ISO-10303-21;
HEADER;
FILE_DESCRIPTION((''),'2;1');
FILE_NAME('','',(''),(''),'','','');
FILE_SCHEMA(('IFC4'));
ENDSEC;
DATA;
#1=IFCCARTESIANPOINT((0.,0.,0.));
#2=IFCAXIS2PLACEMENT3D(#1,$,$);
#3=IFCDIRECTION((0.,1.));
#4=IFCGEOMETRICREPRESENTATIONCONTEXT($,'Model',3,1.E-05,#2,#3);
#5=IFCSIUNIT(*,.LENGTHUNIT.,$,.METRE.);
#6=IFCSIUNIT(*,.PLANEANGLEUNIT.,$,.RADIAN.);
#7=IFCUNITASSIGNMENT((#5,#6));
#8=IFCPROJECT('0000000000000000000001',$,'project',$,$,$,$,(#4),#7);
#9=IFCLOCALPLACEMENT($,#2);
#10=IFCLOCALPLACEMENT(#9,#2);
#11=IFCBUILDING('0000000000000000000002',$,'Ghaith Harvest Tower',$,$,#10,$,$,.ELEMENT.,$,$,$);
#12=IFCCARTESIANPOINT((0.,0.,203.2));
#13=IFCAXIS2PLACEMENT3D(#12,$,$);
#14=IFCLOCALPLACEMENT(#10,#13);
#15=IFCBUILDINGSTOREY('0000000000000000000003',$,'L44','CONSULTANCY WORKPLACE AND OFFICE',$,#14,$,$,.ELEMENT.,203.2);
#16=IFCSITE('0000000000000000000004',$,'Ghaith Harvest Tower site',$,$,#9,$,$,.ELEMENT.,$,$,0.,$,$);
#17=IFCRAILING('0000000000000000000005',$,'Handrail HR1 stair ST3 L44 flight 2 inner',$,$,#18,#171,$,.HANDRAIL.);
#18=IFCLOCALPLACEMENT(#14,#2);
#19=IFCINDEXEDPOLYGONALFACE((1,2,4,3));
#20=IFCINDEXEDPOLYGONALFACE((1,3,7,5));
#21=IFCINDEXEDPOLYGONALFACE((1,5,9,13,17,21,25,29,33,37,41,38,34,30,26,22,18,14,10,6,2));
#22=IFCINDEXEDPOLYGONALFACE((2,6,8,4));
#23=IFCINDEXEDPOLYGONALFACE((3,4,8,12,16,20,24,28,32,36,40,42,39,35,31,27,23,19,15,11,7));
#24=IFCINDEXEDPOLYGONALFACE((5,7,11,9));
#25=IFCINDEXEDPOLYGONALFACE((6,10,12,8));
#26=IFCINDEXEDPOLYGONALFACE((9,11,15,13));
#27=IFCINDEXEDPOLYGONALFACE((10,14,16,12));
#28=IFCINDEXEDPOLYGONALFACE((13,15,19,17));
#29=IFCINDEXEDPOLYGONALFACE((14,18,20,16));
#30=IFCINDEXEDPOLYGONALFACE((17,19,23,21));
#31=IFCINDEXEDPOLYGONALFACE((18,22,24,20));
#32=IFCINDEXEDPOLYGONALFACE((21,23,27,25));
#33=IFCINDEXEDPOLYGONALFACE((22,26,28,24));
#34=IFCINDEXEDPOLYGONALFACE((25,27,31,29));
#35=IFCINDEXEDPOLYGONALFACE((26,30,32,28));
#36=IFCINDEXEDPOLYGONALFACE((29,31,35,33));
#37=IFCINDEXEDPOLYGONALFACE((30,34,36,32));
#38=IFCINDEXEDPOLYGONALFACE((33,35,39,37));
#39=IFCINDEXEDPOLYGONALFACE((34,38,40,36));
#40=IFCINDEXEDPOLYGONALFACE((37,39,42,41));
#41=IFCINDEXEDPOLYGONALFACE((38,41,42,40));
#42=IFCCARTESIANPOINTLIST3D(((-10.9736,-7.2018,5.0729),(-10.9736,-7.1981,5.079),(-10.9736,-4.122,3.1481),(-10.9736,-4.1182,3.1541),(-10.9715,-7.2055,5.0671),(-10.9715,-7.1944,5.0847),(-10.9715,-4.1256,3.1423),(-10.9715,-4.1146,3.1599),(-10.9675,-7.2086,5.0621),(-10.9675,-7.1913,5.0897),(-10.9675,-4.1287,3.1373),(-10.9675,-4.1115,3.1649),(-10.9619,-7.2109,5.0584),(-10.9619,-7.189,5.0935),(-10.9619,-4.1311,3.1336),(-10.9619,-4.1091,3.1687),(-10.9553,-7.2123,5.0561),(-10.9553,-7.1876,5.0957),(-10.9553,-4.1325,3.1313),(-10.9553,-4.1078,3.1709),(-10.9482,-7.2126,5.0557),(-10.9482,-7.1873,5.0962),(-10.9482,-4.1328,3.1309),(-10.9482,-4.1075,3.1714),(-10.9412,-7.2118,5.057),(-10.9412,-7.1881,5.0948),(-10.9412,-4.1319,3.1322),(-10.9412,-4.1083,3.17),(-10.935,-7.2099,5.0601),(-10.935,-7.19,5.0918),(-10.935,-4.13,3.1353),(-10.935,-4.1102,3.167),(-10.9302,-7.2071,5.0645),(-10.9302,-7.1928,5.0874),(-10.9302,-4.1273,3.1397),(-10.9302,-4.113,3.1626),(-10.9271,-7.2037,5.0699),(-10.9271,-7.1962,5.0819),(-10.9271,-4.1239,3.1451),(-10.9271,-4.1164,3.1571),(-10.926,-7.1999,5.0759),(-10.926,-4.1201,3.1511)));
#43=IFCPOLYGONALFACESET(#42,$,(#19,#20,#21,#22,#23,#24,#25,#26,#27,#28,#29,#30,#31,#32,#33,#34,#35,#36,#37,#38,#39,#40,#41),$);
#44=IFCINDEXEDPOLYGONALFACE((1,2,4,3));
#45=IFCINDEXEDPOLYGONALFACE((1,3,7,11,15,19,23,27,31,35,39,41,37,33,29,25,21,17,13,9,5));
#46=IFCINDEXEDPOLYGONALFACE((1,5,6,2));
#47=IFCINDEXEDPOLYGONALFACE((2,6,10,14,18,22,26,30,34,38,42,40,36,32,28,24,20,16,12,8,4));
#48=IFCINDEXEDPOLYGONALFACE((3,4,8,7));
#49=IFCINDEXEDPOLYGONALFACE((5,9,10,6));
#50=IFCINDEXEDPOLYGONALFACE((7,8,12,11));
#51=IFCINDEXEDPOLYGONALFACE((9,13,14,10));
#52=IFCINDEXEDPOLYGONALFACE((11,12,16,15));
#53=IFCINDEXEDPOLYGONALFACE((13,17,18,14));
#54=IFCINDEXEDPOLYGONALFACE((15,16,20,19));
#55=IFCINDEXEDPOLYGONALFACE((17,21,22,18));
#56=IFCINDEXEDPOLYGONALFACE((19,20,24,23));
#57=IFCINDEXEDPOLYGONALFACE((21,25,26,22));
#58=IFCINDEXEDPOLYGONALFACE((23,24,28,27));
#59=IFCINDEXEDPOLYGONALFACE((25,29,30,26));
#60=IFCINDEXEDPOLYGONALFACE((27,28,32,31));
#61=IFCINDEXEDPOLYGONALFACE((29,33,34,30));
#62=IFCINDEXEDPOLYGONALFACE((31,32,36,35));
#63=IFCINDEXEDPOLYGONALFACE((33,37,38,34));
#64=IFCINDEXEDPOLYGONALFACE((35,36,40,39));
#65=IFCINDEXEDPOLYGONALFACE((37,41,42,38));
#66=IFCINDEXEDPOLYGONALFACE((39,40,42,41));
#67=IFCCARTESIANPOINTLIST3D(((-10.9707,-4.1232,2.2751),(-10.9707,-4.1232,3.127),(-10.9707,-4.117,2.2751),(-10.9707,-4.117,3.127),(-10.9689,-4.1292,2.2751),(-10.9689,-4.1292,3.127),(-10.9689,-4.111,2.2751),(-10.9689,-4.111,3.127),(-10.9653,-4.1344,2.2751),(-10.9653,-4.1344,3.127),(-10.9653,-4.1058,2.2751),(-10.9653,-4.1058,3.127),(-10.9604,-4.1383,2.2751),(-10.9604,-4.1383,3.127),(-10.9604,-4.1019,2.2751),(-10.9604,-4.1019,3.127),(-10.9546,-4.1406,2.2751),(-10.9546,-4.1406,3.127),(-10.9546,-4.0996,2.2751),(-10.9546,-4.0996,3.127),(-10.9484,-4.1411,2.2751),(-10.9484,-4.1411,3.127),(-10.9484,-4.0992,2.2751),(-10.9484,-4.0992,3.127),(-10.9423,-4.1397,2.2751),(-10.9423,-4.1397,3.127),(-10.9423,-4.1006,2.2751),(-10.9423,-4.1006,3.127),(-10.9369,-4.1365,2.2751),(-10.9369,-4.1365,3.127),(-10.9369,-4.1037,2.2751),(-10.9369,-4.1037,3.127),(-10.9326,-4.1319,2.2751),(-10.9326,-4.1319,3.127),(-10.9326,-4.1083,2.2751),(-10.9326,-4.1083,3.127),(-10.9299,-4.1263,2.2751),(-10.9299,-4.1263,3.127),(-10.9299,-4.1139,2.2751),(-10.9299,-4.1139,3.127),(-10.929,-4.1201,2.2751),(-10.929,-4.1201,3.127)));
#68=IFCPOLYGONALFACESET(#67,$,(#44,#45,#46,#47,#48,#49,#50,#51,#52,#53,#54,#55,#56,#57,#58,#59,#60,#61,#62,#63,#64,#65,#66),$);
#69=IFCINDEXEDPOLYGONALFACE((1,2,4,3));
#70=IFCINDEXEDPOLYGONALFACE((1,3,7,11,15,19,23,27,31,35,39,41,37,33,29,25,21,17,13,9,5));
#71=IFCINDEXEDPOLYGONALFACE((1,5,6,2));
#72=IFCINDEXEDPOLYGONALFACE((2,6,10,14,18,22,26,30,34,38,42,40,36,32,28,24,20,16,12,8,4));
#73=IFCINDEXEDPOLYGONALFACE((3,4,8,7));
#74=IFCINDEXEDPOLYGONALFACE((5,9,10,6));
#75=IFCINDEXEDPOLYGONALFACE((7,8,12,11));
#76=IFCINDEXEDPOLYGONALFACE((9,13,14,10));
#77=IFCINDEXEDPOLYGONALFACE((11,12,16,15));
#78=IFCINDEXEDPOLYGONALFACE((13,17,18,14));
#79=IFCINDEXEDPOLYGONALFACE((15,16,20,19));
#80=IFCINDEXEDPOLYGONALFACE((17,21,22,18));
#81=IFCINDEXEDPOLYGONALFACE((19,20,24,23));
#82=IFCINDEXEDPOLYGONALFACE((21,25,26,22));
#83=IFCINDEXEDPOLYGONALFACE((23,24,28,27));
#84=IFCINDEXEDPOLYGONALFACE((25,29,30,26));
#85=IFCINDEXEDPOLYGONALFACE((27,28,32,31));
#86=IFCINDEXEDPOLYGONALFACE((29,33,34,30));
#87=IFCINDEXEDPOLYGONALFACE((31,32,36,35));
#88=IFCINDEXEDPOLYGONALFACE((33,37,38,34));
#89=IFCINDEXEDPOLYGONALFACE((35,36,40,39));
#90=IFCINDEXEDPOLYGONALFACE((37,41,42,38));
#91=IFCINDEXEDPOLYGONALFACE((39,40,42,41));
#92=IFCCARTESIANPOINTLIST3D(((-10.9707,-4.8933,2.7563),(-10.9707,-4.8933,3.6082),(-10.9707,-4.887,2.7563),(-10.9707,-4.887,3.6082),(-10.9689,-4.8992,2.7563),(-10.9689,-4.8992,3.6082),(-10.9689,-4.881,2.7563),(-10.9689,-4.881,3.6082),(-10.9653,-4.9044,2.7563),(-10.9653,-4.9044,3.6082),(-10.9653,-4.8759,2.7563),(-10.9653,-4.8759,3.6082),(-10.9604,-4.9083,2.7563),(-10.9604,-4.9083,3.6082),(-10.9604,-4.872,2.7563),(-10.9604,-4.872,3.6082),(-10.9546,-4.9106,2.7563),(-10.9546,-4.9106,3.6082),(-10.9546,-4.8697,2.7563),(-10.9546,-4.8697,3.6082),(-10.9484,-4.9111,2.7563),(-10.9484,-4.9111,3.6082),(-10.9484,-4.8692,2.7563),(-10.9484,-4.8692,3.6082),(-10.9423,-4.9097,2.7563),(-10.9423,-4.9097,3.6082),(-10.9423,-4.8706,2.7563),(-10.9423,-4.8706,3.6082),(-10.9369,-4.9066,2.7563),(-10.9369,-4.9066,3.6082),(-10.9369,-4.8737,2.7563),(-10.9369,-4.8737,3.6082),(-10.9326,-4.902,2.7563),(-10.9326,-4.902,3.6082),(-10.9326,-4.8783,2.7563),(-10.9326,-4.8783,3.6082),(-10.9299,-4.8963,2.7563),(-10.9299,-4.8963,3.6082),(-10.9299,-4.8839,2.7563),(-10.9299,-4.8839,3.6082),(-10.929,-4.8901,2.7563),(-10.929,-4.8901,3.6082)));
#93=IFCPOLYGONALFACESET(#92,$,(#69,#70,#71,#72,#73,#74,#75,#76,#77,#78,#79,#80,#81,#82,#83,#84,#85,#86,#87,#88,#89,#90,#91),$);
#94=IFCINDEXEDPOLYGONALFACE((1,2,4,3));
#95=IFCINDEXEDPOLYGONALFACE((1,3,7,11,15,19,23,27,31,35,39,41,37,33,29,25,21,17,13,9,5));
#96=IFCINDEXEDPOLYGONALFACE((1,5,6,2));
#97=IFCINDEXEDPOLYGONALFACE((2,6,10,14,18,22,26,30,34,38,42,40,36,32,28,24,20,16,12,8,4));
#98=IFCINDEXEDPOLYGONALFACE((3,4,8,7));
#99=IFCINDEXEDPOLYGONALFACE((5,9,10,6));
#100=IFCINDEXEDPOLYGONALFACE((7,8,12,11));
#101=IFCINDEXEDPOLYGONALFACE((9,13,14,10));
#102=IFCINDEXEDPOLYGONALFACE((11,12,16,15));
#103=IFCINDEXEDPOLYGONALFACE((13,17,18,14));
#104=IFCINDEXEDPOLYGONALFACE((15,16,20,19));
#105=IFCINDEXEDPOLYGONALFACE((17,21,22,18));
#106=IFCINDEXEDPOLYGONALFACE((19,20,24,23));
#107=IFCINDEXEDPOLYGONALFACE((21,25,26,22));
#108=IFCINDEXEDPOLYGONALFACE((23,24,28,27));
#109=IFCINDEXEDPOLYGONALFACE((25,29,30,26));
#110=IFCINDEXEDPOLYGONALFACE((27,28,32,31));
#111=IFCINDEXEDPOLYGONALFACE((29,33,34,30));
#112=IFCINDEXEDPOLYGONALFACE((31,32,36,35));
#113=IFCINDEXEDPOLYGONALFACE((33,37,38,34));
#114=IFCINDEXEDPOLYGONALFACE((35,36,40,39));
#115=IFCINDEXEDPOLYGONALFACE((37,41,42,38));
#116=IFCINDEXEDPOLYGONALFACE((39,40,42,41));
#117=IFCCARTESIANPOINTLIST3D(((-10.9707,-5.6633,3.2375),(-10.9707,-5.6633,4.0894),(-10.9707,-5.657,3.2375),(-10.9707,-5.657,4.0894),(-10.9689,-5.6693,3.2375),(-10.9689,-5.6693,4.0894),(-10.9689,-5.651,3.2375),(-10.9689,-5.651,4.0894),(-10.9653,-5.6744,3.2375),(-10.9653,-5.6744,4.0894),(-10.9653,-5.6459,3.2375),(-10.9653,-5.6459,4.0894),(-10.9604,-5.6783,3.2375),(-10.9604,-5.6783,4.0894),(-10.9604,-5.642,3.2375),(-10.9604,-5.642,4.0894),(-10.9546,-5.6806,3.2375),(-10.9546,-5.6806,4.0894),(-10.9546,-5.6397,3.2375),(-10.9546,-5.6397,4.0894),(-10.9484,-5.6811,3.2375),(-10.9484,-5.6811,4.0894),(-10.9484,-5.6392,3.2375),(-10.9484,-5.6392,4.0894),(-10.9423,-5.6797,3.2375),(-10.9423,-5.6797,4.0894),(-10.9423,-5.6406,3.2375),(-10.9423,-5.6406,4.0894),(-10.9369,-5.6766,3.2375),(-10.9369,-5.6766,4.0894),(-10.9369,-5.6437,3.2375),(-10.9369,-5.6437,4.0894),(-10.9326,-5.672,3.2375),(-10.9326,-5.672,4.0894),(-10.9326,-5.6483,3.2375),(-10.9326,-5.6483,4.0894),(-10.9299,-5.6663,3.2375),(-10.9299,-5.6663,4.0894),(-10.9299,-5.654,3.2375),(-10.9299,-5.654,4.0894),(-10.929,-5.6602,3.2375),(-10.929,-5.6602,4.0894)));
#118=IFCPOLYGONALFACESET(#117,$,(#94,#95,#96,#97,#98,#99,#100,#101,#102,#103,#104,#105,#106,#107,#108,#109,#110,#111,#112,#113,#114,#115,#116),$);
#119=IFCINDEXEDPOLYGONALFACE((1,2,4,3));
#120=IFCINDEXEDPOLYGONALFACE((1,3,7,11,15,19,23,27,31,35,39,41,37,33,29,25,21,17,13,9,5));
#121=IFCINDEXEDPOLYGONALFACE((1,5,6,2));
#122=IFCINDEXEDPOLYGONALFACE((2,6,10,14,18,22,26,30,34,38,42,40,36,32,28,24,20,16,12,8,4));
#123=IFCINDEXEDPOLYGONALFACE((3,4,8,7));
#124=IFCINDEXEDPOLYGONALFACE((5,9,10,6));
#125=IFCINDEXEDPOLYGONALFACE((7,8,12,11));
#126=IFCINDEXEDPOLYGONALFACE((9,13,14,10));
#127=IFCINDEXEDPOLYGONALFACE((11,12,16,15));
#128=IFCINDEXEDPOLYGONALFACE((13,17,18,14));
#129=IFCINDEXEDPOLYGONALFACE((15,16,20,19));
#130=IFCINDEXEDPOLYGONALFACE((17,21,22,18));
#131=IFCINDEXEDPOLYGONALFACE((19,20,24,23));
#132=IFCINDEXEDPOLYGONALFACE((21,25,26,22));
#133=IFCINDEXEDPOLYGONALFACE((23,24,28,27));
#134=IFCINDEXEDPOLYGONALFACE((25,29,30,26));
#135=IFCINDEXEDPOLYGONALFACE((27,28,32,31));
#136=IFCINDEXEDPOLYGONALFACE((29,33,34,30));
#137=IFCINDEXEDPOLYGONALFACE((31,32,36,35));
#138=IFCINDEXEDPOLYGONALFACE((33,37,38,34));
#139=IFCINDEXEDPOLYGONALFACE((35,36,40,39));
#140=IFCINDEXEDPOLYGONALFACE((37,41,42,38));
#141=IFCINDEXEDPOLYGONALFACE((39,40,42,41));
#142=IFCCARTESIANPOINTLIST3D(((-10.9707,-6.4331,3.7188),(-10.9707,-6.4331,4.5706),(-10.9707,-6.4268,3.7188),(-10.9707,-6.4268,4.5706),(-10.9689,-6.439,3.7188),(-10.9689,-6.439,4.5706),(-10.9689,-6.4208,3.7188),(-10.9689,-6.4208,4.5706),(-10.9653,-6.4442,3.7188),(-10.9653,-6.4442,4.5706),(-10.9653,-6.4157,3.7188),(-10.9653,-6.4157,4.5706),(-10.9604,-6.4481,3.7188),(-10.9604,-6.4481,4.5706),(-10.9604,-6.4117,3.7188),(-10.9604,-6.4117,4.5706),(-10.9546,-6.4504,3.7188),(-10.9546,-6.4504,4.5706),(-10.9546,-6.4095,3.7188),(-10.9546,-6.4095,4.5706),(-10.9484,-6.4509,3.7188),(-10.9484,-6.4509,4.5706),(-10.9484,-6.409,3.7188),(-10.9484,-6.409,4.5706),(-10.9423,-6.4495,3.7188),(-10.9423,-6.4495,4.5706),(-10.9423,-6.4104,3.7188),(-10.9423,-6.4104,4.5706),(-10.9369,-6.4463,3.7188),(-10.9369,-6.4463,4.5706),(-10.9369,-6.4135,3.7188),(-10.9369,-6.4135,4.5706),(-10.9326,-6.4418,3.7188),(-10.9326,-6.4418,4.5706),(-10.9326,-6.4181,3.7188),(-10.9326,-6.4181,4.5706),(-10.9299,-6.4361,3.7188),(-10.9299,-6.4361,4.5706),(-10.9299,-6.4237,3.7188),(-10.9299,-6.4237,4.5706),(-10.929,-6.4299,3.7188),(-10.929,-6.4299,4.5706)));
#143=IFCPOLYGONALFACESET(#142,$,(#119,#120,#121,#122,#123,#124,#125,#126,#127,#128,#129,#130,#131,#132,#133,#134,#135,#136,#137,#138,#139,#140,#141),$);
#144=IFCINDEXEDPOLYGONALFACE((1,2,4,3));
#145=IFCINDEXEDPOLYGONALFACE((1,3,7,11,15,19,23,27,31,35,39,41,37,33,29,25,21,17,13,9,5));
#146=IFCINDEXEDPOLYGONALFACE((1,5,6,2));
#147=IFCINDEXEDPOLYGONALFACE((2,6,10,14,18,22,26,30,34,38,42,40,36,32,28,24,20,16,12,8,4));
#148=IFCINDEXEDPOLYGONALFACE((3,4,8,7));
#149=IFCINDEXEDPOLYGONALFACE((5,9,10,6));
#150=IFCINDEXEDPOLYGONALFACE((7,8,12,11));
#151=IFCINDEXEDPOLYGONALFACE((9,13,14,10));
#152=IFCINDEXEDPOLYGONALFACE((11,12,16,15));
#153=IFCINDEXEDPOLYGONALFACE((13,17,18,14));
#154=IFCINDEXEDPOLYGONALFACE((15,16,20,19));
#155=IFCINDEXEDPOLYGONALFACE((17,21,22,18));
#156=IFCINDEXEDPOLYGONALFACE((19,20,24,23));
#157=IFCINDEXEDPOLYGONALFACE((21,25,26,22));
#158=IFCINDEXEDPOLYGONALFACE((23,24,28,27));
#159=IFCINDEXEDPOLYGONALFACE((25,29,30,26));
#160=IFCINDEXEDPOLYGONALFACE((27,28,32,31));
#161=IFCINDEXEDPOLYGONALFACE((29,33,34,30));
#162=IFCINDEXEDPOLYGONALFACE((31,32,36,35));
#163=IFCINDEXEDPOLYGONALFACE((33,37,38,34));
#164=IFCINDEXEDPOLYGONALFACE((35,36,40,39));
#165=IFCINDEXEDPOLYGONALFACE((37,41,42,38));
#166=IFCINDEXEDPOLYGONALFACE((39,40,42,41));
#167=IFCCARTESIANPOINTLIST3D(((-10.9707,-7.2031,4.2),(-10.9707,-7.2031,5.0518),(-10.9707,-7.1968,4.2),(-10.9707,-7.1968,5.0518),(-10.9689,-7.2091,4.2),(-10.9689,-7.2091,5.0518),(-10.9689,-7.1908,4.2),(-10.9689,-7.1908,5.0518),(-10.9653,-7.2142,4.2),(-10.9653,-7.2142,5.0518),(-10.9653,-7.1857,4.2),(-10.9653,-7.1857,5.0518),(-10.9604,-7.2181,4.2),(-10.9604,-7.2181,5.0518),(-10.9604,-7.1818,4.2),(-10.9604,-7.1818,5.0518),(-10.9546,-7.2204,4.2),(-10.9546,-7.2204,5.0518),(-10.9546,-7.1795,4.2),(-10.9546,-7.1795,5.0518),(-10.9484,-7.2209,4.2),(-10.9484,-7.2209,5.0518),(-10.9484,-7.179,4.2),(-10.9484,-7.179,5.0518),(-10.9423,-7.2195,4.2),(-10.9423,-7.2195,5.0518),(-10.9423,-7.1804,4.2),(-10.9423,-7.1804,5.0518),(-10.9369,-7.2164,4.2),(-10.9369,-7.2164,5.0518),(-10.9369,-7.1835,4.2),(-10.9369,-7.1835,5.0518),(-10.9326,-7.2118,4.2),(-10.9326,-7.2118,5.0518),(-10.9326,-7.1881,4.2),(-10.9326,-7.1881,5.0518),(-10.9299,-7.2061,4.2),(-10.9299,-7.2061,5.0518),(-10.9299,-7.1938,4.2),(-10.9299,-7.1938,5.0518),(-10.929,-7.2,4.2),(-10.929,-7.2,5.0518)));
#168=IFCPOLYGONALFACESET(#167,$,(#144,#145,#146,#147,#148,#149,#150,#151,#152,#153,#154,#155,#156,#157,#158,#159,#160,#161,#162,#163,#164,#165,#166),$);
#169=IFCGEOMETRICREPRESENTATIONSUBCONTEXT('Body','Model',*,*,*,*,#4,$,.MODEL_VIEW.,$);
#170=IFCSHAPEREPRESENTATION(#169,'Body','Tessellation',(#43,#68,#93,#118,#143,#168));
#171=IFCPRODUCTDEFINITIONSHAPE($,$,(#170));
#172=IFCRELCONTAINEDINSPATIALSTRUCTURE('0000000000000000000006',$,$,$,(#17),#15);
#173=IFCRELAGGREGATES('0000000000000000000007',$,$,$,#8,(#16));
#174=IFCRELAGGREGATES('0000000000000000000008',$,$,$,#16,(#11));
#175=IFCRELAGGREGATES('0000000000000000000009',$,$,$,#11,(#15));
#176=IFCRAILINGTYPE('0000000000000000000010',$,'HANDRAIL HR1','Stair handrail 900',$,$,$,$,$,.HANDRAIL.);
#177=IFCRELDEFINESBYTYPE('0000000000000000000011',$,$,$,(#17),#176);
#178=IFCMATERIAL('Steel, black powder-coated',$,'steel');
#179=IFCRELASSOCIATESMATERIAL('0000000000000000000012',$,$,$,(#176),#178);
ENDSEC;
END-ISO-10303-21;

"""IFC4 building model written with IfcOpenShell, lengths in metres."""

from ifc_helpers import new_model, si_unit, direction, frame, origin, origin_2d, place, context, subcontext, project, spatial, circle, extrude, material, type_object, element, save


model = new_model("IFC4")

# Units and contexts
model_context = context("Model", 3, precision=1e-05, world=origin(), true_north=direction((0.0, 1.0)))
body_context = subcontext(model_context, "Body", "Model", "MODEL_VIEW")
ifc_project = project(units=[si_unit("LENGTHUNIT", "METRE"), si_unit("PLANEANGLEUNIT", "RADIAN")], contexts=[model_context])

# Site, building, storey
site_placement = place(None, origin())
site = spatial("IfcSite", under=ifc_project, at=site_placement, Name="Ghaith Harvest Tower site", CompositionType="ELEMENT", RefElevation=0.0)
building_placement = place(site_placement, origin())
building = spatial("IfcBuilding", under=site, at=building_placement, Name="Ghaith Harvest Tower", CompositionType="ELEMENT")
storey_placement = place(building_placement, frame((0.0, 0.0, 203.2)))
storey = spatial("IfcBuildingStorey", under=building, at=storey_placement, Name="L44", Description="CONSULTANCY WORKPLACE AND OFFICE", CompositionType="ELEMENT", Elevation=203.2)

# Railing
ifc_material_1 = material(Name="Steel, black powder-coated", Category="steel")
railing_type = type_object("IfcRailingType", Name="HANDRAIL HR1", Description="Stair handrail 900", PredefinedType="HANDRAIL", material=ifc_material_1)
railing_1_placement = place(storey_placement, frame((-10.95, -4.1201, 2.2751)))
element("IfcRailing", 1, at=railing_1_placement, inside=storey, type_object=railing_type, Name="Handrail HR1 stair ST3 L44 flight 2 inner", PredefinedType="HANDRAIL", context=body_context, shape_type="SweptSolid", body=[
    extrude(circle(Radius=0.0239, at=origin_2d()), frame((0.0, 0.0, 0.876), z_axis=(0.0, -0.84801, 0.529981), x_axis=(1.0, 0.0, 0.0)), (0.0, 0.0, 1.0), 3.6318),
    extrude(circle(Radius=0.021, at=origin_2d()), origin(), (0.0, 0.0, 1.0), 0.8518),
    extrude(circle(Radius=0.021, at=origin_2d()), frame((0.0, -0.77, 0.4812)), (0.0, 0.0, 1.0), 0.8518),
    extrude(circle(Radius=0.021, at=origin_2d()), frame((0.0, -1.54, 0.9624)), (0.0, 0.0, 1.0), 0.8518),
    extrude(circle(Radius=0.021, at=origin_2d()), frame((0.0, -2.3098, 1.4436)), (0.0, 0.0, 1.0), 0.8518),
    extrude(circle(Radius=0.021, at=origin_2d()), frame((0.0, -3.0798, 1.9248)), (0.0, 0.0, 1.0), 0.8518),
])

save(model, "model.ifc")
